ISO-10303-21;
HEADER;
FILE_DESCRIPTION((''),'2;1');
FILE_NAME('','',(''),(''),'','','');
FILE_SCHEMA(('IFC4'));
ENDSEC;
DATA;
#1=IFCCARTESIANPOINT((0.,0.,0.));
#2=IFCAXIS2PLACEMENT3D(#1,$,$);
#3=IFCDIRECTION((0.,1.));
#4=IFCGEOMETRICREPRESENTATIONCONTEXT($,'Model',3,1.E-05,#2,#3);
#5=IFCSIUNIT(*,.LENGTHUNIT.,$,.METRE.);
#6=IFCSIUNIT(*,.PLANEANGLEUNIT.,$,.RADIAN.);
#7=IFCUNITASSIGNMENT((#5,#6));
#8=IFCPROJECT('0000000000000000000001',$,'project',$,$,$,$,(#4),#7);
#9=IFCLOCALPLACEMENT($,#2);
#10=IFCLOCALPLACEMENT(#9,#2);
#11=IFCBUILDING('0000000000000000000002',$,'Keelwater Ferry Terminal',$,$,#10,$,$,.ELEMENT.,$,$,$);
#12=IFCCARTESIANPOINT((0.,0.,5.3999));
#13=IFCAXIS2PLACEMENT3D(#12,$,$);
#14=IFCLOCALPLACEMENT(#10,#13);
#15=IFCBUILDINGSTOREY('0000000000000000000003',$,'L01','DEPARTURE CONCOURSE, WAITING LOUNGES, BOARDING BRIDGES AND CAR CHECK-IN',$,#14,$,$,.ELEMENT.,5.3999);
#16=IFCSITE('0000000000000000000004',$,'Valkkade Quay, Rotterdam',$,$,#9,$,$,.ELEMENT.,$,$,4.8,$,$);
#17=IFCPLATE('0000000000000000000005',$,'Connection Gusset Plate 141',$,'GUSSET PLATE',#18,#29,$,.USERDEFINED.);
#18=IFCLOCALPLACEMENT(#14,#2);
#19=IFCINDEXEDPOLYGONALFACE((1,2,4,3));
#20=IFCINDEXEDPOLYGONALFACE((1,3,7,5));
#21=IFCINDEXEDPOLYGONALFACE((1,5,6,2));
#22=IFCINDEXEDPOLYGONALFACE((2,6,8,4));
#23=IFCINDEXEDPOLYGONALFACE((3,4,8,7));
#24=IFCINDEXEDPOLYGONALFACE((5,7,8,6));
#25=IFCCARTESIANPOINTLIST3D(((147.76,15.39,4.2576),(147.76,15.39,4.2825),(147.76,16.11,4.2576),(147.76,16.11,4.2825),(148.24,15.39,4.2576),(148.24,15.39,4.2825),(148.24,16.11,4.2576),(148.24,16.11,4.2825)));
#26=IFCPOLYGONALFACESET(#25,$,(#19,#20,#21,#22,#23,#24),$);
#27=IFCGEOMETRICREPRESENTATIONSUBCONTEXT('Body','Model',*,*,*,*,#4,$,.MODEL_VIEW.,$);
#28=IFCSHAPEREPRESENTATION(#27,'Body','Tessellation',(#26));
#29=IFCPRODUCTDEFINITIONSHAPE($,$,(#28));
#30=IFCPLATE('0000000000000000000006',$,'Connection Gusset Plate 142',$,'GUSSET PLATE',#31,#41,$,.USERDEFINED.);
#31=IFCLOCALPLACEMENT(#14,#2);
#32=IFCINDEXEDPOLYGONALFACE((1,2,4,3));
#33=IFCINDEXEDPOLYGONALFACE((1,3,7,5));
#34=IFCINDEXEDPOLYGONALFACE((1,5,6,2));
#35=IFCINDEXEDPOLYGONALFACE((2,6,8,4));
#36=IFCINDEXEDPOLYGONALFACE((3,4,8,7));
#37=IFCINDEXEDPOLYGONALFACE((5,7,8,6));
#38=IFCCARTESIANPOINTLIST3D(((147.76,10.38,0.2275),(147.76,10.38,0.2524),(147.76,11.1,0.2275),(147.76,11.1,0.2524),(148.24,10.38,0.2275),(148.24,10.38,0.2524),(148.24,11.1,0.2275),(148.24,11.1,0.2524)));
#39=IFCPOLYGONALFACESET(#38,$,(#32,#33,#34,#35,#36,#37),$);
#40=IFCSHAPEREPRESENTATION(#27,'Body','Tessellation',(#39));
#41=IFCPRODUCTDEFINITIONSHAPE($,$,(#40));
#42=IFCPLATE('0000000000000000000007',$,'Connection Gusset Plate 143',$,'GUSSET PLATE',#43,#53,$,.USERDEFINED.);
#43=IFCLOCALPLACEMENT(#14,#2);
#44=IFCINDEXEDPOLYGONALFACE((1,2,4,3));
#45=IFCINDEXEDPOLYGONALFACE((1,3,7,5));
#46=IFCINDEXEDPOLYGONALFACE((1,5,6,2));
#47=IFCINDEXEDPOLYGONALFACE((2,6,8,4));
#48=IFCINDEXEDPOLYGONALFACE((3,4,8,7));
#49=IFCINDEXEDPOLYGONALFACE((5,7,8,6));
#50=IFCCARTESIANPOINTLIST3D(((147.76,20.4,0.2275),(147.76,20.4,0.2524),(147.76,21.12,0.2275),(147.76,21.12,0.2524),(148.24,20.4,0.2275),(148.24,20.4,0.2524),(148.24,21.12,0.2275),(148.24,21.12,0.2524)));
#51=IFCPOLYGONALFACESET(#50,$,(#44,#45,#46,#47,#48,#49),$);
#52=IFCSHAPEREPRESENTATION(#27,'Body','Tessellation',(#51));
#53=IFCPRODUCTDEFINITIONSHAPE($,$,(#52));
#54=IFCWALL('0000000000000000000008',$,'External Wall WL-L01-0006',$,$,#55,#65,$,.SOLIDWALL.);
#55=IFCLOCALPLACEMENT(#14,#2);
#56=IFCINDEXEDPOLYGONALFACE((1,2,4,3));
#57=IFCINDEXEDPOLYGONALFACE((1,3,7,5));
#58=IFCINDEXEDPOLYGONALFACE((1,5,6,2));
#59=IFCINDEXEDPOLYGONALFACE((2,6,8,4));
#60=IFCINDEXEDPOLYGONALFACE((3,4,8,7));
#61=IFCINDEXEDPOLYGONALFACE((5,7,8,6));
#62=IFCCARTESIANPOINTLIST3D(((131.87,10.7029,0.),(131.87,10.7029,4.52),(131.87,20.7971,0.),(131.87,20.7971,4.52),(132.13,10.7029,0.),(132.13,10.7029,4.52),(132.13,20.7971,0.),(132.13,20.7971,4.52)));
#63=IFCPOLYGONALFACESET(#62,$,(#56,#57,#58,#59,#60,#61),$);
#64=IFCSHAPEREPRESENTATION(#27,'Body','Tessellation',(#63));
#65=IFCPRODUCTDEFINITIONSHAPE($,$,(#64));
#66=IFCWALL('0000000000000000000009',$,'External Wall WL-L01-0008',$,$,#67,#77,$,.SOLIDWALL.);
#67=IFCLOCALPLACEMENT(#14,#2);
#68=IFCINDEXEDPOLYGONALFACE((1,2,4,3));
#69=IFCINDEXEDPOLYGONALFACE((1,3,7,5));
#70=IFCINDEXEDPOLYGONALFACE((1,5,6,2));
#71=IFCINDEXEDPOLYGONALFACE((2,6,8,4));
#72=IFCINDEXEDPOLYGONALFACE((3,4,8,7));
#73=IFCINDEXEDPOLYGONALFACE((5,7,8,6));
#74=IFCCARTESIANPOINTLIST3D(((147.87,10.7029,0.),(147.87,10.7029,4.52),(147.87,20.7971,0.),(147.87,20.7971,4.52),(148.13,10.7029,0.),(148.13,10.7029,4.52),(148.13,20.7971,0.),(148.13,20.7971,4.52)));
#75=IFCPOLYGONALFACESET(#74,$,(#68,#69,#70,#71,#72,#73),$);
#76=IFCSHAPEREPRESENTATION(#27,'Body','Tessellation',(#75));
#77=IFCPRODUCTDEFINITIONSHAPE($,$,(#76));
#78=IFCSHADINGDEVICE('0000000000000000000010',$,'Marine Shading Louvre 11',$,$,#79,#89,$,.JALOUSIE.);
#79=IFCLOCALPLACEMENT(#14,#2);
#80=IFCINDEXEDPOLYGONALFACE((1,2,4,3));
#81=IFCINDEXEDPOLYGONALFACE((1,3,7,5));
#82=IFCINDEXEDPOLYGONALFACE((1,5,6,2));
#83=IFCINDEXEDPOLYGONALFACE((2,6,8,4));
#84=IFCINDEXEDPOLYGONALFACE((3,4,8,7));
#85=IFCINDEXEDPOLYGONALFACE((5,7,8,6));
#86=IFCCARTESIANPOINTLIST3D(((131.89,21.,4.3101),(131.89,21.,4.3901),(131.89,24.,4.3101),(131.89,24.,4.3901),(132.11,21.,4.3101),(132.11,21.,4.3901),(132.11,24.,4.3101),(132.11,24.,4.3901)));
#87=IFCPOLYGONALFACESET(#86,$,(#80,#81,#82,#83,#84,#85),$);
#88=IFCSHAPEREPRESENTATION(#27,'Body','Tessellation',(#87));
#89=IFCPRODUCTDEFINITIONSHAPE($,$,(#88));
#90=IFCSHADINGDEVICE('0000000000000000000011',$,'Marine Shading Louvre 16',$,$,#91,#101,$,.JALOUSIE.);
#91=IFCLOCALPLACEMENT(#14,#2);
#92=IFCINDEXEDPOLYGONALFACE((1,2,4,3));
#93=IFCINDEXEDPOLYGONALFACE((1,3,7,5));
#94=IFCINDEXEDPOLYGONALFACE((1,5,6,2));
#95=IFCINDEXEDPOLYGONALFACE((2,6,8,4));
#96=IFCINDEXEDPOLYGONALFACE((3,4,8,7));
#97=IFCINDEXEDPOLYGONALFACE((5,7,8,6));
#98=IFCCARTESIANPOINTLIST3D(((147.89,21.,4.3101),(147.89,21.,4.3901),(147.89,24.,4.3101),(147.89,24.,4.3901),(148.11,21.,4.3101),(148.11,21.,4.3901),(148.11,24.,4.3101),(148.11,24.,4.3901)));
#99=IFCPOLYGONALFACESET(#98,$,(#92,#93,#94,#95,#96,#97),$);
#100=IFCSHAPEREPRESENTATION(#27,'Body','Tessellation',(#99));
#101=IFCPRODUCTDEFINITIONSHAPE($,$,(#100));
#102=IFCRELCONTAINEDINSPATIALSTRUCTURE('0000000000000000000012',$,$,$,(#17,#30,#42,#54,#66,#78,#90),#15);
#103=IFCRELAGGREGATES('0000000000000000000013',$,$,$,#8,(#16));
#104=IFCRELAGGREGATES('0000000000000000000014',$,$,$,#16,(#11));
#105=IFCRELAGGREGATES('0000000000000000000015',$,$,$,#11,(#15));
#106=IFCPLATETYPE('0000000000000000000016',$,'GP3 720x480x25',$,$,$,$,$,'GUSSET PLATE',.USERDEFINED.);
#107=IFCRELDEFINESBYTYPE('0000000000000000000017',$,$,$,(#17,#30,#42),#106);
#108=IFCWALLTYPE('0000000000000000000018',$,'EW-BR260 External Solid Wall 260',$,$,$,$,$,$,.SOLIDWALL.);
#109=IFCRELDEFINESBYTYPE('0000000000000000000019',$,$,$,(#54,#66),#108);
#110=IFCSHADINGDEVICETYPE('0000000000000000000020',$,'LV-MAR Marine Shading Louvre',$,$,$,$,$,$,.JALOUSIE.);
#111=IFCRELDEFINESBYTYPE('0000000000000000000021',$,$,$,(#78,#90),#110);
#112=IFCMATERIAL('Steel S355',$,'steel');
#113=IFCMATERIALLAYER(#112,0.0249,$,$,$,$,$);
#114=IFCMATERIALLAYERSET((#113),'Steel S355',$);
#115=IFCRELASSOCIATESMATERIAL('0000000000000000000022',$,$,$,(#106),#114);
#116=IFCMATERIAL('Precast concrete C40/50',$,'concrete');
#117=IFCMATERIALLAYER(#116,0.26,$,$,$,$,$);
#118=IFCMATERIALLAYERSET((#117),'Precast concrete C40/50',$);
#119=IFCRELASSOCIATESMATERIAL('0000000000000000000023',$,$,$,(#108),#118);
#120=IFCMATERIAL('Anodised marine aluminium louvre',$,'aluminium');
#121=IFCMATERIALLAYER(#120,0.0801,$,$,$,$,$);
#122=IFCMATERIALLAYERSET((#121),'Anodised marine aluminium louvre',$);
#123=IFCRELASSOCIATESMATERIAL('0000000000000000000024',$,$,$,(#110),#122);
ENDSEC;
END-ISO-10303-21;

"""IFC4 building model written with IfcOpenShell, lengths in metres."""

from ifc_helpers import new_model, si_unit, direction, frame, frame_2d, origin, origin_2d, place, context, subcontext, project, spatial, rectangle, extrude, material, layer, layer_set, type_object, element, save


model = new_model("IFC4")

# Units and contexts
model_context = context("Model", 3, precision=1e-05, world=origin(), true_north=direction((0.0, 1.0)))
body_context = subcontext(model_context, "Body", "Model", "MODEL_VIEW")
ifc_project = project(units=[si_unit("LENGTHUNIT", "METRE"), si_unit("PLANEANGLEUNIT", "RADIAN")], contexts=[model_context])

# Site, building, storey
site_placement = place(None, origin())
site = spatial("IfcSite", under=ifc_project, at=site_placement, Name="Valkkade Quay, Rotterdam", CompositionType="ELEMENT", RefElevation=4.8)
building_placement = place(site_placement, origin())
building = spatial("IfcBuilding", under=site, at=building_placement, Name="Keelwater Ferry Terminal", CompositionType="ELEMENT")
storey_placement = place(building_placement, frame((0.0, 0.0, 5.3999)))
storey = spatial("IfcBuildingStorey", under=building, at=storey_placement, Name="L01", Description="DEPARTURE CONCOURSE, WAITING LOUNGES, BOARDING BRIDGES AND CAR CHECK-IN", CompositionType="ELEMENT", Elevation=5.3999)

# Plates
ifc_material_1 = material(Name="Steel S355", Category="steel")
ifc_layer_1 = layer(ifc_material_1, 0.0249)
ifc_layer_set_1 = layer_set([ifc_layer_1], Name="Steel S355")
plate_type_1 = type_object("IfcPlateType", Name="GP3 720x480x25", ElementType="GUSSET PLATE", PredefinedType="USERDEFINED", material=ifc_layer_set_1)
for number, where, z_axis, x_axis, name in (
    (1, (148.0, 15.75, 4.2576), (0.0, 0.0, 1.0), (0.0, 1.0, 0.0), "Connection Gusset Plate 141"),
    (2, (148.0, 10.74, 0.2275), (0.0, 0.0, 1.0), (0.0, 1.0, 0.0), "Connection Gusset Plate 142"),
    (3, (148.0, 20.76, 0.2275), (0.0, 0.0, 1.0), (0.0, 1.0, 0.0), "Connection Gusset Plate 143"),
):
    element("IfcPlate", number, at=place(storey_placement, frame(where, z_axis=z_axis, x_axis=x_axis)), inside=storey, type_object=plate_type_1, Name=name, ObjectType="GUSSET PLATE", PredefinedType="USERDEFINED", context=body_context, shape_type="SweptSolid", body=[
        extrude(rectangle(XDim=0.72, YDim=0.48, at=origin_2d()), origin(), (0.0, 0.0, 1.0), 0.0249),
    ])

# Walls
ifc_material_2 = material(Name="Precast concrete C40/50", Category="concrete")
ifc_layer_2 = layer(ifc_material_2, 0.26)
ifc_layer_set_2 = layer_set([ifc_layer_2], Name="Precast concrete C40/50")
wall_type = type_object("IfcWallType", Name="EW-BR260 External Solid Wall 260", PredefinedType="SOLIDWALL", material=ifc_layer_set_2)
for number, where, z_axis, x_axis, name in (
    (4, (132.0, 10.7029, 0.0), (0.0, 0.0, 1.0), (0.0, 1.0, 0.0), "External Wall WL-L01-0006"),
    (5, (148.0, 10.7029, 0.0), (0.0, 0.0, 1.0), (0.0, 1.0, 0.0), "External Wall WL-L01-0008"),
):
    element("IfcWall", number, at=place(storey_placement, frame(where, z_axis=z_axis, x_axis=x_axis)), inside=storey, type_object=wall_type, Name=name, PredefinedType="SOLIDWALL", context=body_context, shape_type="SweptSolid", body=[
        extrude(rectangle(XDim=10.0942, YDim=0.26, at=frame_2d((5.0471, 0.0))), origin(), (0.0, 0.0, 1.0), 4.52),
    ])

# Shading devices
ifc_material_3 = material(Name="Anodised marine aluminium louvre", Category="aluminium")
ifc_layer_3 = layer(ifc_material_3, 0.0801)
ifc_layer_set_3 = layer_set([ifc_layer_3], Name="Anodised marine aluminium louvre")
shading_device_type = type_object("IfcShadingDeviceType", Name="LV-MAR Marine Shading Louvre", PredefinedType="JALOUSIE", material=ifc_layer_set_3)
for number, where, z_axis, x_axis, name in (
    (6, (132.0, 22.5, 4.3101), (0.0, 0.0, 1.0), (1.0, 0.0, 0.0), "Marine Shading Louvre 11"),
    (7, (148.0, 22.5, 4.3101), (0.0, 0.0, 1.0), (1.0, 0.0, 0.0), "Marine Shading Louvre 16"),
):
    element("IfcShadingDevice", number, at=place(storey_placement, frame(where, z_axis=z_axis, x_axis=x_axis)), inside=storey, type_object=shading_device_type, Name=name, PredefinedType="JALOUSIE", context=body_context, shape_type="SweptSolid", body=[
        extrude(rectangle(XDim=0.22, YDim=3.0, at=origin_2d()), origin(), (0.0, 0.0, 1.0), 0.0801),
    ])

save(model, "model.ifc")
